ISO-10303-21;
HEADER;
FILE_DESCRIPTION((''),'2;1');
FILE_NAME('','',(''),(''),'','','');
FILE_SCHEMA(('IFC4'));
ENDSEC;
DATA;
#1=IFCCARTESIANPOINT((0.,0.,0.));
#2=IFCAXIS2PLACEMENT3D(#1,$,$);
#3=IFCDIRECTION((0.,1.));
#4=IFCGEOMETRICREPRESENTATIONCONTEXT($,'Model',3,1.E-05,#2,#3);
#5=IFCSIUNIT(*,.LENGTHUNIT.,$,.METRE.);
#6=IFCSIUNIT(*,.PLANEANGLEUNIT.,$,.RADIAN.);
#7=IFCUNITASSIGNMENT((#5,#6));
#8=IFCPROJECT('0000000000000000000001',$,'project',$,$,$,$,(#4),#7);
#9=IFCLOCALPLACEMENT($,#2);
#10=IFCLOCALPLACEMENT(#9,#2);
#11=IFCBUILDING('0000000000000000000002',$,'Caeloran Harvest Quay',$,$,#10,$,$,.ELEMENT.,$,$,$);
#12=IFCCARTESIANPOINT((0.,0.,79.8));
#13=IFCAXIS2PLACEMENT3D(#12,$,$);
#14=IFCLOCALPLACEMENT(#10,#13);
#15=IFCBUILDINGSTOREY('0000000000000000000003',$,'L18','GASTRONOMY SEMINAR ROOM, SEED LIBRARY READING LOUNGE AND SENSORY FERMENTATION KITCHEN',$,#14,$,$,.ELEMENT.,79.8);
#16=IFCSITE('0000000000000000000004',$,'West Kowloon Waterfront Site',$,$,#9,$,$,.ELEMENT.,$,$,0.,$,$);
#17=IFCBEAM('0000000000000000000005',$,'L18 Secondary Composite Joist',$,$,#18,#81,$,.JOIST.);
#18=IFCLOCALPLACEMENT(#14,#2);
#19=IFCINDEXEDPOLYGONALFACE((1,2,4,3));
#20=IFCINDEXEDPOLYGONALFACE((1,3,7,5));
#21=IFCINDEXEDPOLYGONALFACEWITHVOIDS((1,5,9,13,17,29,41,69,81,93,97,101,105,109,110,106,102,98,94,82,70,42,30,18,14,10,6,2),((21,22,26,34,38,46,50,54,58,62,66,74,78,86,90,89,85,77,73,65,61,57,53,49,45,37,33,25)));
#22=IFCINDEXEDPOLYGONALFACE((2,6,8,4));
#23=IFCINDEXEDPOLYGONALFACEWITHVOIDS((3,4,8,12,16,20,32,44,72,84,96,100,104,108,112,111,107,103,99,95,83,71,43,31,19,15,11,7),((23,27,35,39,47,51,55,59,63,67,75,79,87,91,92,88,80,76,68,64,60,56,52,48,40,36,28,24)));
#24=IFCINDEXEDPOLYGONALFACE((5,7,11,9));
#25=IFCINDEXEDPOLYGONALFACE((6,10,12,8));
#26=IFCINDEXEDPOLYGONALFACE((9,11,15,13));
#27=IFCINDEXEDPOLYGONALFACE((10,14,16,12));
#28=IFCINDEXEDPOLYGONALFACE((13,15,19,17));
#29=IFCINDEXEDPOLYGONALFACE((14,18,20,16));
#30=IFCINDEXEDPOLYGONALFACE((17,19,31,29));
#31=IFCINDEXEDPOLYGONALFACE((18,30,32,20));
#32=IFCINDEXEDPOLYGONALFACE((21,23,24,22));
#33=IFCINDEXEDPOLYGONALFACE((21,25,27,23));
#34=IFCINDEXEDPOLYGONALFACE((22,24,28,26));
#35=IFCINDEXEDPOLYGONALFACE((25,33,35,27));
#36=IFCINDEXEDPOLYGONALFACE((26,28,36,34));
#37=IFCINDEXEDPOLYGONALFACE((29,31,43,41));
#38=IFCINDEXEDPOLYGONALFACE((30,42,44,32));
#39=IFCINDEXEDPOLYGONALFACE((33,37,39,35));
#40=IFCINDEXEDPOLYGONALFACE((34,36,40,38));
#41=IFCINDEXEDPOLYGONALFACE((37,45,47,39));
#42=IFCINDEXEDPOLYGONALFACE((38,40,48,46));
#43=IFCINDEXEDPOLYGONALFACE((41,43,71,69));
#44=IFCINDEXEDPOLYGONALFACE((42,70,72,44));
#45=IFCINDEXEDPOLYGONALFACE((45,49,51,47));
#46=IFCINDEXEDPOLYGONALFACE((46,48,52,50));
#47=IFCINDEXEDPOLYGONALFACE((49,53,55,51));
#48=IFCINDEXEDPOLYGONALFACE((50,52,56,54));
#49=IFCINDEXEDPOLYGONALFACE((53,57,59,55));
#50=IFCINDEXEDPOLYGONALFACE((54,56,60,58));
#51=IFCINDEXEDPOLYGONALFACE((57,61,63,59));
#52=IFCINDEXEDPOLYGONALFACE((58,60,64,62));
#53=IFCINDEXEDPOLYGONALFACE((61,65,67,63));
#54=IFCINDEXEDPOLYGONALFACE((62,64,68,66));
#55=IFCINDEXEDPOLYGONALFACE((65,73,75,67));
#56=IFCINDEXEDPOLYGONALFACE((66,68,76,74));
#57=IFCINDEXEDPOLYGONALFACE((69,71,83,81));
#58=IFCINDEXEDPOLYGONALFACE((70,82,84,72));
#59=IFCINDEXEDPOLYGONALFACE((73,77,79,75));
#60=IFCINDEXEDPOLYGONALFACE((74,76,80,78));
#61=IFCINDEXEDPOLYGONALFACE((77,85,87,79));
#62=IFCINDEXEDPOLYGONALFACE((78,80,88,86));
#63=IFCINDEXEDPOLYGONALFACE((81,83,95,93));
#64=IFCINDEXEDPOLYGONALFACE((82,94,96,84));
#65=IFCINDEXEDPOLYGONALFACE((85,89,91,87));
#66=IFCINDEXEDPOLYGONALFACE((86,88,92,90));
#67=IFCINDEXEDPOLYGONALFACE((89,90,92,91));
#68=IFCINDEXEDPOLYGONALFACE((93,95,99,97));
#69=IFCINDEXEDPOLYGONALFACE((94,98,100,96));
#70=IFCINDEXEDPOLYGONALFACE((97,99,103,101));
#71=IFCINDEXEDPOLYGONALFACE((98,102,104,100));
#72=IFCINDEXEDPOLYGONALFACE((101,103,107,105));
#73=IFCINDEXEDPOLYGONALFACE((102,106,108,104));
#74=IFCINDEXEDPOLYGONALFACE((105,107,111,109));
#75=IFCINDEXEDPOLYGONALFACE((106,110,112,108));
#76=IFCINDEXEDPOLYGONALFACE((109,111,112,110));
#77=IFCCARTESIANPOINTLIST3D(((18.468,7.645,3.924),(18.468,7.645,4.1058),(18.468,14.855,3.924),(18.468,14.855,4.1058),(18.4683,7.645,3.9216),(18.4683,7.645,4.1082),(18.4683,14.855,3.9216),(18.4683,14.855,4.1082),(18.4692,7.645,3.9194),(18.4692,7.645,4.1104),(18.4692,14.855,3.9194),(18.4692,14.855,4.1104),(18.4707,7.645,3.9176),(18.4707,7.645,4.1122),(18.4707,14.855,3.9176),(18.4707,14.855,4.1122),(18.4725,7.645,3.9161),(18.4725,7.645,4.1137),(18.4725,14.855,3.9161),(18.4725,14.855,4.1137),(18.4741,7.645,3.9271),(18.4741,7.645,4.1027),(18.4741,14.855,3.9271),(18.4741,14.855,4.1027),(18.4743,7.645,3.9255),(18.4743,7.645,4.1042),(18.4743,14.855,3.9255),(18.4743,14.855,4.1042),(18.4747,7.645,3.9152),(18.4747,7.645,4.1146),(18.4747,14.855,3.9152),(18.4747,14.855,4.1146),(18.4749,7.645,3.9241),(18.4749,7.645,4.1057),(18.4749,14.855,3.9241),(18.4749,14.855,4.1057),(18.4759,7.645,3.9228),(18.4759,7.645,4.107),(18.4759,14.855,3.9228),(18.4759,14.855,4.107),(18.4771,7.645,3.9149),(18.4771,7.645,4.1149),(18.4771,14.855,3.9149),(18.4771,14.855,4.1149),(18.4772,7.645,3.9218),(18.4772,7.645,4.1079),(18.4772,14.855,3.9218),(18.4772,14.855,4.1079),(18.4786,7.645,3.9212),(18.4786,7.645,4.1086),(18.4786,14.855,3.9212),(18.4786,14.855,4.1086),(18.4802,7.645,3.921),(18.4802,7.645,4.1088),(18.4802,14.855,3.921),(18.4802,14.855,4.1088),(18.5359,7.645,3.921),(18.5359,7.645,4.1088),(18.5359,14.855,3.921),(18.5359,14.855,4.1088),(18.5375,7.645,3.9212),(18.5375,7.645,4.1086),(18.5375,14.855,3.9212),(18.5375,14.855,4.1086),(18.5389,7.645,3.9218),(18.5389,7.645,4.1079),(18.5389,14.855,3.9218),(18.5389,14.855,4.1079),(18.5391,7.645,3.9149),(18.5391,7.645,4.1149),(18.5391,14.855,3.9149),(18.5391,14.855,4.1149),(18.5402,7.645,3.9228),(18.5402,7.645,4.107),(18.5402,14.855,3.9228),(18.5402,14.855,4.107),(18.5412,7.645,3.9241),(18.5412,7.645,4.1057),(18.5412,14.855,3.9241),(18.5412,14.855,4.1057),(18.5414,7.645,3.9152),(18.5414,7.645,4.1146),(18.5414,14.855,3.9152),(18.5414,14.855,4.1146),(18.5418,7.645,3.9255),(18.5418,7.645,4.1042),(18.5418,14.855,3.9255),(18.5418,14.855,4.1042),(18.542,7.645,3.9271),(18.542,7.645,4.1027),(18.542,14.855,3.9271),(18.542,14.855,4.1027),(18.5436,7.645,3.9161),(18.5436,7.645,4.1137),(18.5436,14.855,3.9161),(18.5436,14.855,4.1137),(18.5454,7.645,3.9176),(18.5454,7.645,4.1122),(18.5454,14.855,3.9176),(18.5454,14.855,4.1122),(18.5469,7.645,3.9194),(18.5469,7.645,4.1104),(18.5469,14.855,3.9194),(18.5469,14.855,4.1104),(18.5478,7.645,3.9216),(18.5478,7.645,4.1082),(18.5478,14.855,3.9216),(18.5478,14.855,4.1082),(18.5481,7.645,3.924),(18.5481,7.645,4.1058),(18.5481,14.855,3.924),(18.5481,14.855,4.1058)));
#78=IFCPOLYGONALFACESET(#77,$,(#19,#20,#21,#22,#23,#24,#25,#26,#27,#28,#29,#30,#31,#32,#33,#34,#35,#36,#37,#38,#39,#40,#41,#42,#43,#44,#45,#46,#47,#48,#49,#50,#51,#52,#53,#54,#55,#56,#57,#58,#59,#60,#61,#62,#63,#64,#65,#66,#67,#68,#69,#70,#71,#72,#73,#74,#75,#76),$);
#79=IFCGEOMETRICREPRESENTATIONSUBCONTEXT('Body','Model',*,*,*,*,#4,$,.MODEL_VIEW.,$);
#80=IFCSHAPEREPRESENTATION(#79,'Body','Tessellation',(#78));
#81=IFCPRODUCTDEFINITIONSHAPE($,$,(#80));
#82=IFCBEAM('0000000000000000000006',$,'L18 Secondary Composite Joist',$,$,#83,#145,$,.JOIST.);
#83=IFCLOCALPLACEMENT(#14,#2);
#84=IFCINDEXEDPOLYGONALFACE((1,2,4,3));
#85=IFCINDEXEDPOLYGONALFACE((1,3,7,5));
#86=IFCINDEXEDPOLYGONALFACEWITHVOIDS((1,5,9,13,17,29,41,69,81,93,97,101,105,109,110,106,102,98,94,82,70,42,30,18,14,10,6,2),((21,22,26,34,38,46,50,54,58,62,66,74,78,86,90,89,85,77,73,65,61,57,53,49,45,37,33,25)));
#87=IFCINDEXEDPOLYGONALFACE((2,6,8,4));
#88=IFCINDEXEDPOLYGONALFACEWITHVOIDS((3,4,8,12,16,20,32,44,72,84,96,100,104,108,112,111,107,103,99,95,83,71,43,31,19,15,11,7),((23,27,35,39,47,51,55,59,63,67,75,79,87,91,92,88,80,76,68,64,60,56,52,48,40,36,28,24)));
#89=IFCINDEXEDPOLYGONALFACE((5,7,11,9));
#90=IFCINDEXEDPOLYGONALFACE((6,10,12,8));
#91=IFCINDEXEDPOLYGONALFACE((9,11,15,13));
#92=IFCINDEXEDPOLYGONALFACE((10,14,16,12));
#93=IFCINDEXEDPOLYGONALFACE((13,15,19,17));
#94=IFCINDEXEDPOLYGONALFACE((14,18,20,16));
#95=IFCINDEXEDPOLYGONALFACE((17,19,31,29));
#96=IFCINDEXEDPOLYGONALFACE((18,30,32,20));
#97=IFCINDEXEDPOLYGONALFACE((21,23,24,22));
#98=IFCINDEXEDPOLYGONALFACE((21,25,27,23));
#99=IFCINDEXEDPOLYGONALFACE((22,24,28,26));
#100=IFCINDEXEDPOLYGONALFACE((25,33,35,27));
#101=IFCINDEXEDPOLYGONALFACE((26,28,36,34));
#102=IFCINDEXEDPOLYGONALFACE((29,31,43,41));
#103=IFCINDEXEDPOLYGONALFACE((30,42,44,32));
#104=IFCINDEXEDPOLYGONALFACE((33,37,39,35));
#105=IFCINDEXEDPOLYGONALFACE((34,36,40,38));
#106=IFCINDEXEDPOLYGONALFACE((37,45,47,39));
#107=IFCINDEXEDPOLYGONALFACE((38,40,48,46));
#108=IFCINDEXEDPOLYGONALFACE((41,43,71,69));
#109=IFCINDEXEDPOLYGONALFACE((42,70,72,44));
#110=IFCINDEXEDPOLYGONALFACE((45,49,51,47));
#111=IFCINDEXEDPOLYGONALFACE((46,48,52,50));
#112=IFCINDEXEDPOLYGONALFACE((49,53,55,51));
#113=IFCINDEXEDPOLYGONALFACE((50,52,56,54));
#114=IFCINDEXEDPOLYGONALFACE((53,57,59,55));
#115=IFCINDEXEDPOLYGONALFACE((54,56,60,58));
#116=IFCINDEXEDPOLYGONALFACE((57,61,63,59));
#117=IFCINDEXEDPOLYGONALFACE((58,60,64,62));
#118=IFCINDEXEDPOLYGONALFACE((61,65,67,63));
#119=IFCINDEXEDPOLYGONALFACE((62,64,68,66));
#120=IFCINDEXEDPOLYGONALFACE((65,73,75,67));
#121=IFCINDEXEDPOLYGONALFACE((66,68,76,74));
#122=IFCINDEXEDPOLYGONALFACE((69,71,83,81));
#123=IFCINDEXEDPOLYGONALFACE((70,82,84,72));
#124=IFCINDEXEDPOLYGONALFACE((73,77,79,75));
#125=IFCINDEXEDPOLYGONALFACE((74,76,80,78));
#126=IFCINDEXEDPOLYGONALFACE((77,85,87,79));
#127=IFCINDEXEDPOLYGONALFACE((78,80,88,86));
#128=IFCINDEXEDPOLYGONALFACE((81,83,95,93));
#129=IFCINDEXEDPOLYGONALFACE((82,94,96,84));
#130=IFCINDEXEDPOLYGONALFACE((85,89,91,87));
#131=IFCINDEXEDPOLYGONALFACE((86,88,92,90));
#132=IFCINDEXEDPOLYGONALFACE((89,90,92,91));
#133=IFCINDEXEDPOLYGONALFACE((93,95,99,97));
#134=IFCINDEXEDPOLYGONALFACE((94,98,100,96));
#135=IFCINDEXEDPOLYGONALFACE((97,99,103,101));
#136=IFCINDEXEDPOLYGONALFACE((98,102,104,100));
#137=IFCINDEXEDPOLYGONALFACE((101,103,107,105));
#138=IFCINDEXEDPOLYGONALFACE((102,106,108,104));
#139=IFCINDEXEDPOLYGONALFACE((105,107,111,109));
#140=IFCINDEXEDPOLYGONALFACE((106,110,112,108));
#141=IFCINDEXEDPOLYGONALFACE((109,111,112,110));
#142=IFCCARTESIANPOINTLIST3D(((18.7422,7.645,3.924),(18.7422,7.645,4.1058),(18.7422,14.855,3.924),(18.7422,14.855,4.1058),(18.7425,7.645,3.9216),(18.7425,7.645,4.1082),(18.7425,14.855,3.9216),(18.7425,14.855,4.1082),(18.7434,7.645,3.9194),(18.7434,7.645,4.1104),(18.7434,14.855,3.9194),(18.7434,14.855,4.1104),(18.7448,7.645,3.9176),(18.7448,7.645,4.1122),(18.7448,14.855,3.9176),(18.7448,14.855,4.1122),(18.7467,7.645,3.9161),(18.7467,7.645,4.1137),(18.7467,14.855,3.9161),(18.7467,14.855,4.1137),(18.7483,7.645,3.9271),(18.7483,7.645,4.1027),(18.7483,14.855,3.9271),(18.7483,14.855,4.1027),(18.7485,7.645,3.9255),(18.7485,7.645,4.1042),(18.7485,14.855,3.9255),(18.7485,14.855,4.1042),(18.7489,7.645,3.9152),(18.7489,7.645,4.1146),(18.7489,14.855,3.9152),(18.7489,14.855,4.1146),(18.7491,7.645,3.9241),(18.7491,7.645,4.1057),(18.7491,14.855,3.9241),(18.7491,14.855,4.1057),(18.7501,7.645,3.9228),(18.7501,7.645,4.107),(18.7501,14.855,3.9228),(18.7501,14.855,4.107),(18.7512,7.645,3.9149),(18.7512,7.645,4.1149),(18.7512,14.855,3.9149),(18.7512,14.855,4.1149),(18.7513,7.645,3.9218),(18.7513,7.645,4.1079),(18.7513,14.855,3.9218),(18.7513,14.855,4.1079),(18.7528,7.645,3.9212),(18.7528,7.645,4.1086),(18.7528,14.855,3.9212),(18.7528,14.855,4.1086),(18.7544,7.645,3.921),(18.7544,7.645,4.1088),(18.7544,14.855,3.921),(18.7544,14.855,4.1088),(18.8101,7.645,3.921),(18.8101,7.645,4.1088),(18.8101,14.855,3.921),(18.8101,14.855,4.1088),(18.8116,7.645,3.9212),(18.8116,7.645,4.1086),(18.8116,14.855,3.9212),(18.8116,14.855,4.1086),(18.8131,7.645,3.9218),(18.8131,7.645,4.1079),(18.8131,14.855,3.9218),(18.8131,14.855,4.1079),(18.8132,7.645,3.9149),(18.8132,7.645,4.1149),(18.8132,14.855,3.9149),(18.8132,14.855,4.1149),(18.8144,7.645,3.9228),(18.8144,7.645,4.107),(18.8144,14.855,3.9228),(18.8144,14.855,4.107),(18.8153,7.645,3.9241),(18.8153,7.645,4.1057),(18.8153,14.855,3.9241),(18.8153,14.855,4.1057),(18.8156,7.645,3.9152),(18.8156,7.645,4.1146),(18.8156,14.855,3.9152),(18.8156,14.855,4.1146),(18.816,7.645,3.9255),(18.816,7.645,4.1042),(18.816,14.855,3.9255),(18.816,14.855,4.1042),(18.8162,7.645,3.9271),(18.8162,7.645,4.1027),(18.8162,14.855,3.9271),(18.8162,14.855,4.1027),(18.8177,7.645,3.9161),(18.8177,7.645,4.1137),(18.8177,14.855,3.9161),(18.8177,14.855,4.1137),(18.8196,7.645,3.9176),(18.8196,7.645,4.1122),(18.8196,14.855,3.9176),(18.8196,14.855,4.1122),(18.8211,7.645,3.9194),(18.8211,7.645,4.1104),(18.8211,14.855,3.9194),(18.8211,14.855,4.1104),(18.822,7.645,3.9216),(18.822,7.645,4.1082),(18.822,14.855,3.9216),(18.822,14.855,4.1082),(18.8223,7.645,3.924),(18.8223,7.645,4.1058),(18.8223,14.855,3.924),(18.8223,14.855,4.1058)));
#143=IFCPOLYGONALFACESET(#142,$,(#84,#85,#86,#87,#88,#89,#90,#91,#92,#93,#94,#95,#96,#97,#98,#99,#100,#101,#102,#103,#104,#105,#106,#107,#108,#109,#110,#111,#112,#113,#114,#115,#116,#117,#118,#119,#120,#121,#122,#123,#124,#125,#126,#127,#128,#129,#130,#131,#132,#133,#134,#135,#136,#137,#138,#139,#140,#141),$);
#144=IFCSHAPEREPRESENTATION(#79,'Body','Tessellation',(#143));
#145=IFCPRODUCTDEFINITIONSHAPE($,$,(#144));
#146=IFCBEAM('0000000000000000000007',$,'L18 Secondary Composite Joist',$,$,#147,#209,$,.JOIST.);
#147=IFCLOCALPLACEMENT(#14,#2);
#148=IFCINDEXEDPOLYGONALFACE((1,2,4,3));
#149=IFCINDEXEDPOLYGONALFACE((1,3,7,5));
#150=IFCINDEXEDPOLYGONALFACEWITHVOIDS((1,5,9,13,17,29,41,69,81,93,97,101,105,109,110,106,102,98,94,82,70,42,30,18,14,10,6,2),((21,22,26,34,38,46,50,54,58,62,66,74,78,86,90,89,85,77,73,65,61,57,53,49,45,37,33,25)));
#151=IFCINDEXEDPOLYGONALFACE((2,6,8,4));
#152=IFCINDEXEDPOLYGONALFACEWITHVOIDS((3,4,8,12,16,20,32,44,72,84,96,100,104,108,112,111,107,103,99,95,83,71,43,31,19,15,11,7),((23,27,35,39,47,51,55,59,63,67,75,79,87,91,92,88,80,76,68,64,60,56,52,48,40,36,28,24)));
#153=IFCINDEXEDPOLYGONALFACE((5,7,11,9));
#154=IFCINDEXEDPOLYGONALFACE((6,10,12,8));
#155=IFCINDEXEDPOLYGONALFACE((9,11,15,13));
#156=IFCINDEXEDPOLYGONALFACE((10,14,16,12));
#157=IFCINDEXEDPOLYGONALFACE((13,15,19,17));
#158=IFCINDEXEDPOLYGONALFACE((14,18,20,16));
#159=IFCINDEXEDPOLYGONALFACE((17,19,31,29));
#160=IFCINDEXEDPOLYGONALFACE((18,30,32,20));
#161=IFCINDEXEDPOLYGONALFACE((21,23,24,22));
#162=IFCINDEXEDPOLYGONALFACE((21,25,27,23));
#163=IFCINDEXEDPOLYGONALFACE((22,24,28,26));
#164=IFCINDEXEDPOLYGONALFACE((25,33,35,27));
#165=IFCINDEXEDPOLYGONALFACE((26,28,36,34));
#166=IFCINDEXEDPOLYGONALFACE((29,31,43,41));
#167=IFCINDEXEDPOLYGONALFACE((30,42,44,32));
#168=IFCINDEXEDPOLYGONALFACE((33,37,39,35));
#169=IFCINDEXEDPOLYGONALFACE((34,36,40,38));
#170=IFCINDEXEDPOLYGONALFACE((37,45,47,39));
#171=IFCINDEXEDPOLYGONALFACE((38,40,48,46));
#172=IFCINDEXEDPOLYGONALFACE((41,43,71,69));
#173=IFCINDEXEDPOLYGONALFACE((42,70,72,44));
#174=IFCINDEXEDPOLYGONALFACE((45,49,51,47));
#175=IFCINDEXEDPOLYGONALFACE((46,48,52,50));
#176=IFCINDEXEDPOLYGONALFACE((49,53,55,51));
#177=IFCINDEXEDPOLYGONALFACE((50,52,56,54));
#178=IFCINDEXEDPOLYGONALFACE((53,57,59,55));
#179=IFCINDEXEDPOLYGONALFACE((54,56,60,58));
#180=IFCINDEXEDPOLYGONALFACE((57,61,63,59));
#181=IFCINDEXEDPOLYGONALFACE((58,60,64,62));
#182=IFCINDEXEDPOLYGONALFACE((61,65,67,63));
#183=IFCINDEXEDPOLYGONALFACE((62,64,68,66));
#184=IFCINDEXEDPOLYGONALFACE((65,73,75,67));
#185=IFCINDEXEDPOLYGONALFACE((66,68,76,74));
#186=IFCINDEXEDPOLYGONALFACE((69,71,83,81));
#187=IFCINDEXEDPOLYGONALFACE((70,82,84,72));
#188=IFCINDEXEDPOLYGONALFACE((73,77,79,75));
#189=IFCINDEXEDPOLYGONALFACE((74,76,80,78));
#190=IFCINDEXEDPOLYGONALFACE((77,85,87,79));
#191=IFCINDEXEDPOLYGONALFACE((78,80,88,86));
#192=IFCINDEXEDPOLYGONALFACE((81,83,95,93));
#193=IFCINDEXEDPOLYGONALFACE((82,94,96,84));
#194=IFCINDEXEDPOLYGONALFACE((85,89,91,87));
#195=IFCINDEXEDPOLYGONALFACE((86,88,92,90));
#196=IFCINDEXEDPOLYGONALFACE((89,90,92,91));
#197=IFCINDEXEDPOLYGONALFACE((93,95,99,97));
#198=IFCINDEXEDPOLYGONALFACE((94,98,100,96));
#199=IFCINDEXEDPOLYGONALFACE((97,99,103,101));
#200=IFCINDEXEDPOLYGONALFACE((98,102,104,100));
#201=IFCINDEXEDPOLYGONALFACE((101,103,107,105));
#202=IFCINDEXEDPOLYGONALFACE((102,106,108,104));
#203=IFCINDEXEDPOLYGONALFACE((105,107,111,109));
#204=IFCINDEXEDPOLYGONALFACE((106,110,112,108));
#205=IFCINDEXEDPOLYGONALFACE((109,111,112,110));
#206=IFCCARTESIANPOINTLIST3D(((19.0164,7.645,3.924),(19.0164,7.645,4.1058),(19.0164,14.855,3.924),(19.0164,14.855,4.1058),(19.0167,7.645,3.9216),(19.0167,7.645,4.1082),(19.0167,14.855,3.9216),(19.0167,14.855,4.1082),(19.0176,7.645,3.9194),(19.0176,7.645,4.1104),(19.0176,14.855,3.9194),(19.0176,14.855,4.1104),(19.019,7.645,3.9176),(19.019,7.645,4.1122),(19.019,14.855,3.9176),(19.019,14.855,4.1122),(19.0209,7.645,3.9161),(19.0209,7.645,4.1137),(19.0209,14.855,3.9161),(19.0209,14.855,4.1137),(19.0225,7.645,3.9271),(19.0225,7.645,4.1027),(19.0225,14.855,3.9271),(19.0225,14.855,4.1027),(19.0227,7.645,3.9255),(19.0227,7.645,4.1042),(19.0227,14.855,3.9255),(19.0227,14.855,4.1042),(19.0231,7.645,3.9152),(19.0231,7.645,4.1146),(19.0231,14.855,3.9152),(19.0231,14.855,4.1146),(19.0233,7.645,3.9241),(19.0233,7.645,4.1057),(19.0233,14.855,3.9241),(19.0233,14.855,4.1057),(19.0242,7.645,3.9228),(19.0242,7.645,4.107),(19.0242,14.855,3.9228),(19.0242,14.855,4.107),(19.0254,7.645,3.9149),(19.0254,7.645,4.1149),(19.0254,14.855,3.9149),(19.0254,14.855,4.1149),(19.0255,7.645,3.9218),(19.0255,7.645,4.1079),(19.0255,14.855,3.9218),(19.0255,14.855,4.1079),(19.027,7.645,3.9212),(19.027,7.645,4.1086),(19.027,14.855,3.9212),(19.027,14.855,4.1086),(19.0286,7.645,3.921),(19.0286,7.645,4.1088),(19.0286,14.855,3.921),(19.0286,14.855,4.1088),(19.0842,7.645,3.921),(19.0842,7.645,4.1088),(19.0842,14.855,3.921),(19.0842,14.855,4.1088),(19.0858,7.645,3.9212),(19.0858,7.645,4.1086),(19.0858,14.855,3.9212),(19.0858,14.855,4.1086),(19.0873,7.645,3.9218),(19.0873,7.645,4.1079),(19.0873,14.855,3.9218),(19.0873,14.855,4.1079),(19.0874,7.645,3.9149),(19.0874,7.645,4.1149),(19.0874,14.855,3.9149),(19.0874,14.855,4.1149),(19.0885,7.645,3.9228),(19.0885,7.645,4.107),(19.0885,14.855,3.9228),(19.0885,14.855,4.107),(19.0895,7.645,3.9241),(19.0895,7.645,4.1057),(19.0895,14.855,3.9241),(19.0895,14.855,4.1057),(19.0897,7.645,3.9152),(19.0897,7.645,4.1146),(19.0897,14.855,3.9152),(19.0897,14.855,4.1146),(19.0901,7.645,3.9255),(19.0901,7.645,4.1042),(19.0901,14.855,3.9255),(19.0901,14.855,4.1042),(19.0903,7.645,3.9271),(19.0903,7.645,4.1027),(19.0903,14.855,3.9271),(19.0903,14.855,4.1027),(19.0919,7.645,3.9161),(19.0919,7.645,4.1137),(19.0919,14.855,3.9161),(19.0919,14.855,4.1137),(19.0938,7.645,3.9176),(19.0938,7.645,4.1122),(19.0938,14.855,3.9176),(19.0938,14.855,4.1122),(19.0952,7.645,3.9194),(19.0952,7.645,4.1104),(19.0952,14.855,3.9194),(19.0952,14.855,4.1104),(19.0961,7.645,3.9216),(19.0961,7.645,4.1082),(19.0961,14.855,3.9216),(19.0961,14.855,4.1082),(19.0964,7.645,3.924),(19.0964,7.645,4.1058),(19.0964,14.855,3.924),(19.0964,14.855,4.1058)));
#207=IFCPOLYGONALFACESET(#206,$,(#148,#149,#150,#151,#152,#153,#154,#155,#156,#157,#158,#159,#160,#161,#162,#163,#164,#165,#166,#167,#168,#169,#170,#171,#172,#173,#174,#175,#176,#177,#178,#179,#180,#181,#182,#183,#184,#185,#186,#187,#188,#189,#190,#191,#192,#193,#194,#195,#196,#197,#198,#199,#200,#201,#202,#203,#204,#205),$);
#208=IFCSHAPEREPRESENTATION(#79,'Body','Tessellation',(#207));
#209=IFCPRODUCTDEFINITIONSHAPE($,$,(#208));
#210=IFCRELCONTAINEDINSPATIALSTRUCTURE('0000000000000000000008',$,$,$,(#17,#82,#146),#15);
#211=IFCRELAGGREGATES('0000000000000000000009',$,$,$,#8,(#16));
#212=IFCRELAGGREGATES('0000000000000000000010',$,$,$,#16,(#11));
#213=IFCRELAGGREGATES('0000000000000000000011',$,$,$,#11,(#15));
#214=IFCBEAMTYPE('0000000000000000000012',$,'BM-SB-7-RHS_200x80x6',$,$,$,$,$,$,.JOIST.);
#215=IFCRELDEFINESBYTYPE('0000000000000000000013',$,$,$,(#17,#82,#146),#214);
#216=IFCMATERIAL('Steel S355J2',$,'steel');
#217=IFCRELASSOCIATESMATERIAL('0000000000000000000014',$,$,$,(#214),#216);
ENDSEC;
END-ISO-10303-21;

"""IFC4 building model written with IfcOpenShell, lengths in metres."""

from ifc_helpers import new_model, si_unit, direction, frame, origin, origin_2d, place, context, subcontext, project, spatial, hollow_rectangle, extrude, material, material_profile, profile_set, type_object, element, save


model = new_model("IFC4")

# Units and contexts
model_context = context("Model", 3, precision=1e-05, world=origin(), true_north=direction((0.0, 1.0)))
body_context = subcontext(model_context, "Body", "Model", "MODEL_VIEW")
ifc_project = project(units=[si_unit("LENGTHUNIT", "METRE"), si_unit("PLANEANGLEUNIT", "RADIAN")], contexts=[model_context])

# Site, building, storey
site_placement = place(None, origin())
site = spatial("IfcSite", under=ifc_project, at=site_placement, Name="West Kowloon Waterfront Site", CompositionType="ELEMENT", RefElevation=0.0)
building_placement = place(site_placement, origin())
building = spatial("IfcBuilding", under=site, at=building_placement, Name="Caeloran Harvest Quay", CompositionType="ELEMENT")
storey_placement = place(building_placement, frame((0.0, 0.0, 79.8)))
storey = spatial("IfcBuildingStorey", under=building, at=storey_placement, Name="L18", Description="GASTRONOMY SEMINAR ROOM, SEED LIBRARY READING LOUNGE AND SENSORY FERMENTATION KITCHEN", CompositionType="ELEMENT", Elevation=79.8)

# Beams
ifc_material_1 = material(Name="Steel S355J2", Category="steel")
ifc_material_profile_1 = material_profile(ifc_material_1, hollow_rectangle(XDim=0.0801, YDim=0.2, WallThickness=0.0061, InnerFilletRadius=0.0061, OuterFilletRadius=0.009, at=origin_2d()), Name="RHS 200x80x6")
ifc_profile_set_1 = profile_set([ifc_material_profile_1], Name="Steel S355J2")
beam_type_1 = type_object("IfcBeamType", Name="BM-SB-7-RHS_200x80x6", PredefinedType="JOIST", material=ifc_profile_set_1)
for number, where, z_axis, x_axis, name in (
    (1, (18.5081, 7.645, 4.0149), (0.0, 1.0, 0.0), (-1.0, 0.0, 0.0), "L18 Secondary Composite Joist"),
    (2, (18.7822, 7.645, 4.0149), (0.0, 1.0, 0.0), (-1.0, 0.0, 0.0), "L18 Secondary Composite Joist"),
    (3, (19.0564, 7.645, 4.0149), (0.0, 1.0, 0.0), (-1.0, 0.0, 0.0), "L18 Secondary Composite Joist"),
):
    element("IfcBeam", number, at=place(storey_placement, frame(where, z_axis=z_axis, x_axis=x_axis)), inside=storey, type_object=beam_type_1, Name=name, PredefinedType="JOIST", context=body_context, shape_type="SweptSolid", body=[
        extrude(hollow_rectangle(XDim=0.0801, YDim=0.2, WallThickness=0.0061, InnerFilletRadius=0.0061, OuterFilletRadius=0.009, at=origin_2d()), origin(), (0.0, 0.0, 1.0), 7.21),
    ])

save(model, "model.ifc")
